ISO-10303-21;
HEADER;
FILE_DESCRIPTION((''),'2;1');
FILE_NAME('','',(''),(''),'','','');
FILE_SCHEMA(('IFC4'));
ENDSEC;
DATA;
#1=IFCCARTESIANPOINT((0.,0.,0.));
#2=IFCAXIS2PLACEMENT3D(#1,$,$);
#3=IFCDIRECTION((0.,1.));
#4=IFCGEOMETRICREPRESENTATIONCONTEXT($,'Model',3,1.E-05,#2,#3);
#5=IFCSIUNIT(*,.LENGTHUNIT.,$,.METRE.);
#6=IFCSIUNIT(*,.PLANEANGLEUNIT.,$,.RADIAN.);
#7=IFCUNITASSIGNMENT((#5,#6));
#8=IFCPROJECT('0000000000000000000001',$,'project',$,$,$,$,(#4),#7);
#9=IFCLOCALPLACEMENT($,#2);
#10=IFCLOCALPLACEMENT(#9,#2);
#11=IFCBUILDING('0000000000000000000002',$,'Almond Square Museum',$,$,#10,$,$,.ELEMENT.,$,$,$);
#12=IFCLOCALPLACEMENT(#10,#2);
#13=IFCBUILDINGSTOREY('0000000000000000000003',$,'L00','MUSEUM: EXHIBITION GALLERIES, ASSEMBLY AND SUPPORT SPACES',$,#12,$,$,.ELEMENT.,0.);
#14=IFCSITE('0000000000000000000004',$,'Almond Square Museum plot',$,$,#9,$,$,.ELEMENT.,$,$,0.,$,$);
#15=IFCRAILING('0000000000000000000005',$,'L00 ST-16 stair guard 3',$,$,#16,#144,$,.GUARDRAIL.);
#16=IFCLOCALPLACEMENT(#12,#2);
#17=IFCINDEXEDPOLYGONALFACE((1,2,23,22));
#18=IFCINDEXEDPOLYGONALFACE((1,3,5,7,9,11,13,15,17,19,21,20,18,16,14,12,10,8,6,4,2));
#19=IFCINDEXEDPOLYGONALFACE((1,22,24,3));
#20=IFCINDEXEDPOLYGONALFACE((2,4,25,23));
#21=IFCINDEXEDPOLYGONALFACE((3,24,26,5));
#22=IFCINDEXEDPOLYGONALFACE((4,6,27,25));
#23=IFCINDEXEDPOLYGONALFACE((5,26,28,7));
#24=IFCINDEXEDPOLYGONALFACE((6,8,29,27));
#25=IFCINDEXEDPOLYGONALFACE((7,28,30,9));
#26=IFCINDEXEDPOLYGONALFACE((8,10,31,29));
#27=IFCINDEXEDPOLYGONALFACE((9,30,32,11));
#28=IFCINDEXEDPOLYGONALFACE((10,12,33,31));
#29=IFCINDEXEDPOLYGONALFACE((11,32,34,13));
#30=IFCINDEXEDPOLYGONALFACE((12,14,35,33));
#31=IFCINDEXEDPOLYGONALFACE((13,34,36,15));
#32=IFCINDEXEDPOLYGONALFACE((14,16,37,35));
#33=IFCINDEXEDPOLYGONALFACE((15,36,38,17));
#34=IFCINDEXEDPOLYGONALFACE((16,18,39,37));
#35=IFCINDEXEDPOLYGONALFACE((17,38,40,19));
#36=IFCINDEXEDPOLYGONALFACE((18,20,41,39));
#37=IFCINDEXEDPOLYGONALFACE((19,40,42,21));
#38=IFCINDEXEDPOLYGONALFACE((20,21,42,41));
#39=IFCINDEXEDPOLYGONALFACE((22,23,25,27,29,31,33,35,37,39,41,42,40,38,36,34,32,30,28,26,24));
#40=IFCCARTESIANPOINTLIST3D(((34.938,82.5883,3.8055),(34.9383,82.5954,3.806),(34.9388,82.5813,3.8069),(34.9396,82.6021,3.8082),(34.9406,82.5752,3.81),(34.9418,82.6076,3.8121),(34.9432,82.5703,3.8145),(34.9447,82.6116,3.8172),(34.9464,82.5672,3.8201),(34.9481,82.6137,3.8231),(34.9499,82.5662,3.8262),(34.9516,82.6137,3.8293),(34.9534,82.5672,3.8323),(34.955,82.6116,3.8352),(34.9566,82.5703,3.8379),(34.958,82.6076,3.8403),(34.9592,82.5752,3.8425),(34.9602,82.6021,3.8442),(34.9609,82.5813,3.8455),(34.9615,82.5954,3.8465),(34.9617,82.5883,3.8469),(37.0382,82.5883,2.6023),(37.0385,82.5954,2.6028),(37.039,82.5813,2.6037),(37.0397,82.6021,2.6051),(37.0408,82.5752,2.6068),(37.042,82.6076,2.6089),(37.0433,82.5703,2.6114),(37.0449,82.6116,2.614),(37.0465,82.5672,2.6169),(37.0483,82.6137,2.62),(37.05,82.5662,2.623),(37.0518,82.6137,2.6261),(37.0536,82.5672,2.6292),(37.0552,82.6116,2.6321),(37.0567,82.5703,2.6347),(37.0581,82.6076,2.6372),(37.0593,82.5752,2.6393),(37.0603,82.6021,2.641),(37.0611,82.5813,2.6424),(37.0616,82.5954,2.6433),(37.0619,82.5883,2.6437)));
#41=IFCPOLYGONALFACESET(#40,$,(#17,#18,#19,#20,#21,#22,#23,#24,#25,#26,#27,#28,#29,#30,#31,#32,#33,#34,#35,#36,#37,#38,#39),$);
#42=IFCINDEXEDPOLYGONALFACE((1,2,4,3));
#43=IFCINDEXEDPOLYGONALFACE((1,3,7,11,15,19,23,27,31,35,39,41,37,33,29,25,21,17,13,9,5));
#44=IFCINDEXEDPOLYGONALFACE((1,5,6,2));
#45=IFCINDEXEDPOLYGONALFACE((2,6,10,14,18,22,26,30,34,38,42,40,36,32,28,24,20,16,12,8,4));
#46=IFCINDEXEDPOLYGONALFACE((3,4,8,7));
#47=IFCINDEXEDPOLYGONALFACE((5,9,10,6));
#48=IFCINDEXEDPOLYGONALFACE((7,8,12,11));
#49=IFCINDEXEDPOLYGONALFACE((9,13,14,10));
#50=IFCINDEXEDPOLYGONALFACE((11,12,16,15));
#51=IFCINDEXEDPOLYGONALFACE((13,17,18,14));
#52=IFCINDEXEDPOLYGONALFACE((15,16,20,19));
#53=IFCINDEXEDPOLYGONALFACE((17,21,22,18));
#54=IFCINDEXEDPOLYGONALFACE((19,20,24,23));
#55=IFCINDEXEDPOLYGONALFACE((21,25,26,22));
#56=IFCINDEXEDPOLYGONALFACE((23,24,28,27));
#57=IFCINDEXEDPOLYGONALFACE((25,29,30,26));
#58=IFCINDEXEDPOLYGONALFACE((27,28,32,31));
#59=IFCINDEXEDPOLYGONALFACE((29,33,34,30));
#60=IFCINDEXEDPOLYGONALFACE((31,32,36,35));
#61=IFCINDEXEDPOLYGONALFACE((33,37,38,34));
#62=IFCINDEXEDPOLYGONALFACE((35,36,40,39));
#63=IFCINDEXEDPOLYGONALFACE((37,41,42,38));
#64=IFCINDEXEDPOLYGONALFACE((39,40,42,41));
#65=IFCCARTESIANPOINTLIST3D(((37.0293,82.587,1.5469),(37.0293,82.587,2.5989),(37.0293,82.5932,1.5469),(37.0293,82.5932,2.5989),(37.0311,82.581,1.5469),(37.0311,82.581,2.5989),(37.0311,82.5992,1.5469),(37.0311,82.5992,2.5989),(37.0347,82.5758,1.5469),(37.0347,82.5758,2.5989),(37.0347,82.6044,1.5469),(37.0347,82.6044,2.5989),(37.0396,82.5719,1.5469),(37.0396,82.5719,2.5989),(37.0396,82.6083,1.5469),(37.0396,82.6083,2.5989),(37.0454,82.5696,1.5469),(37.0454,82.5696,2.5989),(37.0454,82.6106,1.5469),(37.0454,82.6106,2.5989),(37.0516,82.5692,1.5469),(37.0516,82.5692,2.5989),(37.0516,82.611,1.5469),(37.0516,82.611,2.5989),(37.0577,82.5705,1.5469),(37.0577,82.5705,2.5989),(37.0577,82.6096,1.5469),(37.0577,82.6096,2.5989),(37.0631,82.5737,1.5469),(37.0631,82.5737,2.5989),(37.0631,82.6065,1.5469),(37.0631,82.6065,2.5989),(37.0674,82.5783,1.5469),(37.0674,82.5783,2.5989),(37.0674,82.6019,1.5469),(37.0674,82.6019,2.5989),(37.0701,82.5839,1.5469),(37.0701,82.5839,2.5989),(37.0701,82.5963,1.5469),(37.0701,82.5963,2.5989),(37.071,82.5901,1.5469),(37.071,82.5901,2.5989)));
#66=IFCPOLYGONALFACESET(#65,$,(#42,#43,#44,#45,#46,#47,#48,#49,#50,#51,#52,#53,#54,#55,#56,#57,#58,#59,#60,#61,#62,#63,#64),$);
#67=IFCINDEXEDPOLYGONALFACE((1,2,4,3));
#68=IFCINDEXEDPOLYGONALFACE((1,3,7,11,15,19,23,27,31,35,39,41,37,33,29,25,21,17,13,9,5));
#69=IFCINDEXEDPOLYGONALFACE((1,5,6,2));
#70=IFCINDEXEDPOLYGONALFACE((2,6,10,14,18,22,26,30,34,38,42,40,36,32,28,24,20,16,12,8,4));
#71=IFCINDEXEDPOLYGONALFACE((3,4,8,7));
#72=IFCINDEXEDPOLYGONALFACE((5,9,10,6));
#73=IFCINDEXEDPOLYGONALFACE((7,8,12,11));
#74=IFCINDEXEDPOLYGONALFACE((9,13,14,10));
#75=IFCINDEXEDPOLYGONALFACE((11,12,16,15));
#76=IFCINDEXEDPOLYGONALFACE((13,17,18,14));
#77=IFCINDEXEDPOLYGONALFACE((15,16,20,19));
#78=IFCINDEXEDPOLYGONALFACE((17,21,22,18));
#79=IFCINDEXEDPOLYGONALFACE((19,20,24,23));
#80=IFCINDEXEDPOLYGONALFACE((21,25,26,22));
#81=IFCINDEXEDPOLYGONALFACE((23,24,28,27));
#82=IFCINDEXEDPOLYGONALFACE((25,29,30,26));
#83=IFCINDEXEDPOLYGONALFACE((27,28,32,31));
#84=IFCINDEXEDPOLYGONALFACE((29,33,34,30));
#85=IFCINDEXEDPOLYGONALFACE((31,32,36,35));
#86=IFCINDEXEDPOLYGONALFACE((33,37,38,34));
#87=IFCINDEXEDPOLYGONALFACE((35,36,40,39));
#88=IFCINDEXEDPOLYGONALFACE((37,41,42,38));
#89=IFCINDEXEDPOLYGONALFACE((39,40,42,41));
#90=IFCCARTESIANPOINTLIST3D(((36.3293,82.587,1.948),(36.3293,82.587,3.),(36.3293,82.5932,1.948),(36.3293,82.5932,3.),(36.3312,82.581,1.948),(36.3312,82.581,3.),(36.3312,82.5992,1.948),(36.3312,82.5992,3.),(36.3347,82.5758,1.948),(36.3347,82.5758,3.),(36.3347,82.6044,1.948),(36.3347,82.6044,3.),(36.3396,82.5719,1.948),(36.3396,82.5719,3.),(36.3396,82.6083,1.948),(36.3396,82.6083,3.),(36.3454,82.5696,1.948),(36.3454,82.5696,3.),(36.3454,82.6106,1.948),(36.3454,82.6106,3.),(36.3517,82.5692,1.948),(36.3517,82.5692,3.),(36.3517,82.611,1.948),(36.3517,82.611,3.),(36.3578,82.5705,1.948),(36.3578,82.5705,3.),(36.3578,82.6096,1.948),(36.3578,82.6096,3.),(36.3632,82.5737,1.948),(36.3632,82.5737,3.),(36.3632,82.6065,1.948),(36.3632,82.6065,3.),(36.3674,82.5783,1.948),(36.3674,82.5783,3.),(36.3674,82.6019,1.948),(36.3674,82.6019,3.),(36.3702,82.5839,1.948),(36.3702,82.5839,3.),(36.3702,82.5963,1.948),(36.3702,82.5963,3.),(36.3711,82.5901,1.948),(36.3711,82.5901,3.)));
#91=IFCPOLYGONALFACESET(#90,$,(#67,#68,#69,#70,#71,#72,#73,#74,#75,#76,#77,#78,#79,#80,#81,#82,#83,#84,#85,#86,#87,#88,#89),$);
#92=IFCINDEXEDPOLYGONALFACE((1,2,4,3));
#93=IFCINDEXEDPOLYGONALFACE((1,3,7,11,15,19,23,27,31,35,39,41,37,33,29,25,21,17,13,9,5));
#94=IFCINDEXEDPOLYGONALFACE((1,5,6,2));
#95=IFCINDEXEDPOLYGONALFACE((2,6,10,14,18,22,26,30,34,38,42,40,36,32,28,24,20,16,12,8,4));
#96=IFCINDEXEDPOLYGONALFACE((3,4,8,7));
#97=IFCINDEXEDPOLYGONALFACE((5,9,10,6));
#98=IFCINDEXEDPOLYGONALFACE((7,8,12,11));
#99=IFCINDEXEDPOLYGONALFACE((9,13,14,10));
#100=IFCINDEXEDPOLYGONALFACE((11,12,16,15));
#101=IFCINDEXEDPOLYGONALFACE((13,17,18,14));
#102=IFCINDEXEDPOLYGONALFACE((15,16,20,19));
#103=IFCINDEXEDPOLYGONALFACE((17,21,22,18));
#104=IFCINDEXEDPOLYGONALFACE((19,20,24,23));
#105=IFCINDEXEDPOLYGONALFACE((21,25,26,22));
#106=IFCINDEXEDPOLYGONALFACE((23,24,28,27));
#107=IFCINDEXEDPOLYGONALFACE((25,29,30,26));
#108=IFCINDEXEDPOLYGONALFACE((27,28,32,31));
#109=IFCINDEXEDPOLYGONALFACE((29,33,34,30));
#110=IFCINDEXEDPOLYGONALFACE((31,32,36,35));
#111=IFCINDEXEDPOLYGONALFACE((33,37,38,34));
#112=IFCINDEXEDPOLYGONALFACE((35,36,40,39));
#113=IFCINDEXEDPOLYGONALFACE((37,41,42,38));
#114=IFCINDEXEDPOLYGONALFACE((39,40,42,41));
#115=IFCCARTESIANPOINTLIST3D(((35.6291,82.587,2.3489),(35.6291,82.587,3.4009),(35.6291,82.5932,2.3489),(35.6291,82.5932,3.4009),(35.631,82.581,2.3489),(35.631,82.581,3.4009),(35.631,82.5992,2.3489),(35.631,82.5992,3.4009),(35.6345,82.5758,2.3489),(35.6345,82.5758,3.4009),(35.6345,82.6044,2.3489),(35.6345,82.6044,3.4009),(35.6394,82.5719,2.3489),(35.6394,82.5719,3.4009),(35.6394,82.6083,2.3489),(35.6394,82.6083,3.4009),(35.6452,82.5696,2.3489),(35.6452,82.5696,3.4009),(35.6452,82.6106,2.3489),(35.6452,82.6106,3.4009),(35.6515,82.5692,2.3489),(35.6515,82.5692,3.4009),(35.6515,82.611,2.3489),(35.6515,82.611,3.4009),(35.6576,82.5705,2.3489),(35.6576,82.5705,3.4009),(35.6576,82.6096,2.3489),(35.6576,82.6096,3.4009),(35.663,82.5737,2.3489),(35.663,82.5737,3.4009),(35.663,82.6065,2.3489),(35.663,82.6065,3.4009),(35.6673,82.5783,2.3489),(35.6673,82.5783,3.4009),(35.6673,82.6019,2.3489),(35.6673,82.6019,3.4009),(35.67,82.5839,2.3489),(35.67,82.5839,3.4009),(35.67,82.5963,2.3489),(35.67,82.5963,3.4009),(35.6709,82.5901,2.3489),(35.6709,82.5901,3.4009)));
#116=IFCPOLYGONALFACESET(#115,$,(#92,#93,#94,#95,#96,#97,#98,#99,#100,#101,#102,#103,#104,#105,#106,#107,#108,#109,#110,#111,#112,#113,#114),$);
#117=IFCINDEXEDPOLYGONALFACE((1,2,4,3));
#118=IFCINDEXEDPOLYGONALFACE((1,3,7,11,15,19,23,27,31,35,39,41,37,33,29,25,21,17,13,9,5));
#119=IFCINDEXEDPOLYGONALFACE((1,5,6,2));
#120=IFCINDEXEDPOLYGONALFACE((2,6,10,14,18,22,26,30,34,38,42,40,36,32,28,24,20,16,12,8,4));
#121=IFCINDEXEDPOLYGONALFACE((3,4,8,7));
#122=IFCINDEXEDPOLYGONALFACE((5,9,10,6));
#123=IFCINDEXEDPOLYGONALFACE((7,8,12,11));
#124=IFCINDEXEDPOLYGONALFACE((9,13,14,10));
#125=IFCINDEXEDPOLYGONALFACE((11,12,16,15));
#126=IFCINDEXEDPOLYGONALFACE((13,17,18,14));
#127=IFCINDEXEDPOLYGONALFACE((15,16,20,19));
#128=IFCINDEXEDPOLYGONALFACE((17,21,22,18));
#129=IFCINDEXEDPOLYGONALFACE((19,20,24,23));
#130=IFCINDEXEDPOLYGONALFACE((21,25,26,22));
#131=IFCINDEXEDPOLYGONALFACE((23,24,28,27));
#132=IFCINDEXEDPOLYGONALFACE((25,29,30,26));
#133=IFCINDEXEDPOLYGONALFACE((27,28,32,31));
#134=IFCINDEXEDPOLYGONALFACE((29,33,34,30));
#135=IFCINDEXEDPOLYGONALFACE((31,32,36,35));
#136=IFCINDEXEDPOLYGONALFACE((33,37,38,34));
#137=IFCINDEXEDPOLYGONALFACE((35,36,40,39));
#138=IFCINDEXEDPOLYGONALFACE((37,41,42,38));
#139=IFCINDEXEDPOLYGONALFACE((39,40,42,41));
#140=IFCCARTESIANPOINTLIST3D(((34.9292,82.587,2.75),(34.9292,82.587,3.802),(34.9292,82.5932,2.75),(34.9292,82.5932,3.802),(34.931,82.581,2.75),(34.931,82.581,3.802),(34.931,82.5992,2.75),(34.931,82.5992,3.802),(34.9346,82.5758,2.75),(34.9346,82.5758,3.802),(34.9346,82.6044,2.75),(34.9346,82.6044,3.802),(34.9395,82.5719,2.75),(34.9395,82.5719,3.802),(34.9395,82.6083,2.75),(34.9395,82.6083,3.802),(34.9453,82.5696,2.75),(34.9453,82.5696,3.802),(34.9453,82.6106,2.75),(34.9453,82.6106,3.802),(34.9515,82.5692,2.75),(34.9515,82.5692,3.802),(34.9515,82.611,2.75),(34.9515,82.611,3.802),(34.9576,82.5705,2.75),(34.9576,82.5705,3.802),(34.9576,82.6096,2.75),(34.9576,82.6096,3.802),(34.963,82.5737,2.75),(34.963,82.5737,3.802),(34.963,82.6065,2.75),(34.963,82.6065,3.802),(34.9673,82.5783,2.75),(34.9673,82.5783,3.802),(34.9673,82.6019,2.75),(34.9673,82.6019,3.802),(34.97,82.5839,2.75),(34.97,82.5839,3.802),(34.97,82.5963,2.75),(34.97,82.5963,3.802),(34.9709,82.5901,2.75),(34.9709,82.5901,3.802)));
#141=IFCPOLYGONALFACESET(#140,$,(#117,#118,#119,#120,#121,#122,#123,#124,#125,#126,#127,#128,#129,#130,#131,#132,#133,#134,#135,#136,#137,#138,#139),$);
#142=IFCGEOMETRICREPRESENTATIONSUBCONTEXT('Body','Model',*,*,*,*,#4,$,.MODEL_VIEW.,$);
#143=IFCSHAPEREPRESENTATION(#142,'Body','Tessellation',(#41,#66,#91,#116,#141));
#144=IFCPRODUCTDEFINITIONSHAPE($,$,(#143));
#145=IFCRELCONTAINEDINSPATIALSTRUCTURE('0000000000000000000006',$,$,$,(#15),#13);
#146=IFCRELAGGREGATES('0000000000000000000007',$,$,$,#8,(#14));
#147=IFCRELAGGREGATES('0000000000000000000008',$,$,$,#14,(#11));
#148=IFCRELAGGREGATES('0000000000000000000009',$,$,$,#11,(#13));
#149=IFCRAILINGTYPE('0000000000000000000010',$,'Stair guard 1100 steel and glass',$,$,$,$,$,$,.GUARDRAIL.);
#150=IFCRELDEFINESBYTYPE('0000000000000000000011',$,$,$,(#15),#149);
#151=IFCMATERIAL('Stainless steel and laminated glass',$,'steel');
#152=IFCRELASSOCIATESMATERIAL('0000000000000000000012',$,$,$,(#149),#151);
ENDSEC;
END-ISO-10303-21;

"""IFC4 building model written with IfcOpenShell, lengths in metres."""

from ifc_helpers import new_model, si_unit, direction, frame, origin, origin_2d, place, context, subcontext, project, spatial, circle, extrude, material, type_object, element, save


model = new_model("IFC4")

# Units and contexts
model_context = context("Model", 3, precision=1e-05, world=origin(), true_north=direction((0.0, 1.0)))
body_context = subcontext(model_context, "Body", "Model", "MODEL_VIEW")
ifc_project = project(units=[si_unit("LENGTHUNIT", "METRE"), si_unit("PLANEANGLEUNIT", "RADIAN")], contexts=[model_context])

# Site, building, storey
site_placement = place(None, origin())
site = spatial("IfcSite", under=ifc_project, at=site_placement, Name="Almond Square Museum plot", CompositionType="ELEMENT", RefElevation=0.0)
building_placement = place(site_placement, origin())
building = spatial("IfcBuilding", under=site, at=building_placement, Name="Almond Square Museum", CompositionType="ELEMENT")
storey_placement = place(building_placement, origin())
storey = spatial("IfcBuildingStorey", under=building, at=storey_placement, Name="L00", Description="MUSEUM: EXHIBITION GALLERIES, ASSEMBLY AND SUPPORT SPACES", CompositionType="ELEMENT", Elevation=0.0)

# Railing
ifc_material_1 = material(Name="Stainless steel and laminated glass", Category="steel")
railing_type_1 = type_object("IfcRailingType", Name="Stair guard 1100 steel and glass", PredefinedType="GUARDRAIL", material=ifc_material_1)
railing_1_placement = place(storey_placement, frame((37.05, 82.5901, 1.5469)))
element("IfcRailing", 1, at=railing_1_placement, inside=storey, type_object=railing_type_1, Name="L00 ST-16 stair guard 3", PredefinedType="GUARDRAIL", context=body_context, shape_type="SweptSolid", body=[
    extrude(circle(Radius=0.0239, at=origin_2d()), frame((0.0, 0.0, 1.0762), z_axis=(-0.867696, 0.0, 0.497095), x_axis=(0.0, -1.0, 0.0)), (0.0, 0.0, 1.0), 2.4204),
    extrude(circle(Radius=0.021, at=origin_2d()), origin(), (0.0, 0.0, 1.0), 1.052),
    extrude(circle(Radius=0.021, at=origin_2d()), frame((-0.7, 0.0, 0.4011)), (0.0, 0.0, 1.0), 1.052),
    extrude(circle(Radius=0.021, at=origin_2d()), frame((-1.4001, 0.0, 0.802)), (0.0, 0.0, 1.0), 1.052),
    extrude(circle(Radius=0.021, at=origin_2d()), frame((-2.1001, 0.0, 1.2031)), (0.0, 0.0, 1.0), 1.052),
])

save(model, "model.ifc")
